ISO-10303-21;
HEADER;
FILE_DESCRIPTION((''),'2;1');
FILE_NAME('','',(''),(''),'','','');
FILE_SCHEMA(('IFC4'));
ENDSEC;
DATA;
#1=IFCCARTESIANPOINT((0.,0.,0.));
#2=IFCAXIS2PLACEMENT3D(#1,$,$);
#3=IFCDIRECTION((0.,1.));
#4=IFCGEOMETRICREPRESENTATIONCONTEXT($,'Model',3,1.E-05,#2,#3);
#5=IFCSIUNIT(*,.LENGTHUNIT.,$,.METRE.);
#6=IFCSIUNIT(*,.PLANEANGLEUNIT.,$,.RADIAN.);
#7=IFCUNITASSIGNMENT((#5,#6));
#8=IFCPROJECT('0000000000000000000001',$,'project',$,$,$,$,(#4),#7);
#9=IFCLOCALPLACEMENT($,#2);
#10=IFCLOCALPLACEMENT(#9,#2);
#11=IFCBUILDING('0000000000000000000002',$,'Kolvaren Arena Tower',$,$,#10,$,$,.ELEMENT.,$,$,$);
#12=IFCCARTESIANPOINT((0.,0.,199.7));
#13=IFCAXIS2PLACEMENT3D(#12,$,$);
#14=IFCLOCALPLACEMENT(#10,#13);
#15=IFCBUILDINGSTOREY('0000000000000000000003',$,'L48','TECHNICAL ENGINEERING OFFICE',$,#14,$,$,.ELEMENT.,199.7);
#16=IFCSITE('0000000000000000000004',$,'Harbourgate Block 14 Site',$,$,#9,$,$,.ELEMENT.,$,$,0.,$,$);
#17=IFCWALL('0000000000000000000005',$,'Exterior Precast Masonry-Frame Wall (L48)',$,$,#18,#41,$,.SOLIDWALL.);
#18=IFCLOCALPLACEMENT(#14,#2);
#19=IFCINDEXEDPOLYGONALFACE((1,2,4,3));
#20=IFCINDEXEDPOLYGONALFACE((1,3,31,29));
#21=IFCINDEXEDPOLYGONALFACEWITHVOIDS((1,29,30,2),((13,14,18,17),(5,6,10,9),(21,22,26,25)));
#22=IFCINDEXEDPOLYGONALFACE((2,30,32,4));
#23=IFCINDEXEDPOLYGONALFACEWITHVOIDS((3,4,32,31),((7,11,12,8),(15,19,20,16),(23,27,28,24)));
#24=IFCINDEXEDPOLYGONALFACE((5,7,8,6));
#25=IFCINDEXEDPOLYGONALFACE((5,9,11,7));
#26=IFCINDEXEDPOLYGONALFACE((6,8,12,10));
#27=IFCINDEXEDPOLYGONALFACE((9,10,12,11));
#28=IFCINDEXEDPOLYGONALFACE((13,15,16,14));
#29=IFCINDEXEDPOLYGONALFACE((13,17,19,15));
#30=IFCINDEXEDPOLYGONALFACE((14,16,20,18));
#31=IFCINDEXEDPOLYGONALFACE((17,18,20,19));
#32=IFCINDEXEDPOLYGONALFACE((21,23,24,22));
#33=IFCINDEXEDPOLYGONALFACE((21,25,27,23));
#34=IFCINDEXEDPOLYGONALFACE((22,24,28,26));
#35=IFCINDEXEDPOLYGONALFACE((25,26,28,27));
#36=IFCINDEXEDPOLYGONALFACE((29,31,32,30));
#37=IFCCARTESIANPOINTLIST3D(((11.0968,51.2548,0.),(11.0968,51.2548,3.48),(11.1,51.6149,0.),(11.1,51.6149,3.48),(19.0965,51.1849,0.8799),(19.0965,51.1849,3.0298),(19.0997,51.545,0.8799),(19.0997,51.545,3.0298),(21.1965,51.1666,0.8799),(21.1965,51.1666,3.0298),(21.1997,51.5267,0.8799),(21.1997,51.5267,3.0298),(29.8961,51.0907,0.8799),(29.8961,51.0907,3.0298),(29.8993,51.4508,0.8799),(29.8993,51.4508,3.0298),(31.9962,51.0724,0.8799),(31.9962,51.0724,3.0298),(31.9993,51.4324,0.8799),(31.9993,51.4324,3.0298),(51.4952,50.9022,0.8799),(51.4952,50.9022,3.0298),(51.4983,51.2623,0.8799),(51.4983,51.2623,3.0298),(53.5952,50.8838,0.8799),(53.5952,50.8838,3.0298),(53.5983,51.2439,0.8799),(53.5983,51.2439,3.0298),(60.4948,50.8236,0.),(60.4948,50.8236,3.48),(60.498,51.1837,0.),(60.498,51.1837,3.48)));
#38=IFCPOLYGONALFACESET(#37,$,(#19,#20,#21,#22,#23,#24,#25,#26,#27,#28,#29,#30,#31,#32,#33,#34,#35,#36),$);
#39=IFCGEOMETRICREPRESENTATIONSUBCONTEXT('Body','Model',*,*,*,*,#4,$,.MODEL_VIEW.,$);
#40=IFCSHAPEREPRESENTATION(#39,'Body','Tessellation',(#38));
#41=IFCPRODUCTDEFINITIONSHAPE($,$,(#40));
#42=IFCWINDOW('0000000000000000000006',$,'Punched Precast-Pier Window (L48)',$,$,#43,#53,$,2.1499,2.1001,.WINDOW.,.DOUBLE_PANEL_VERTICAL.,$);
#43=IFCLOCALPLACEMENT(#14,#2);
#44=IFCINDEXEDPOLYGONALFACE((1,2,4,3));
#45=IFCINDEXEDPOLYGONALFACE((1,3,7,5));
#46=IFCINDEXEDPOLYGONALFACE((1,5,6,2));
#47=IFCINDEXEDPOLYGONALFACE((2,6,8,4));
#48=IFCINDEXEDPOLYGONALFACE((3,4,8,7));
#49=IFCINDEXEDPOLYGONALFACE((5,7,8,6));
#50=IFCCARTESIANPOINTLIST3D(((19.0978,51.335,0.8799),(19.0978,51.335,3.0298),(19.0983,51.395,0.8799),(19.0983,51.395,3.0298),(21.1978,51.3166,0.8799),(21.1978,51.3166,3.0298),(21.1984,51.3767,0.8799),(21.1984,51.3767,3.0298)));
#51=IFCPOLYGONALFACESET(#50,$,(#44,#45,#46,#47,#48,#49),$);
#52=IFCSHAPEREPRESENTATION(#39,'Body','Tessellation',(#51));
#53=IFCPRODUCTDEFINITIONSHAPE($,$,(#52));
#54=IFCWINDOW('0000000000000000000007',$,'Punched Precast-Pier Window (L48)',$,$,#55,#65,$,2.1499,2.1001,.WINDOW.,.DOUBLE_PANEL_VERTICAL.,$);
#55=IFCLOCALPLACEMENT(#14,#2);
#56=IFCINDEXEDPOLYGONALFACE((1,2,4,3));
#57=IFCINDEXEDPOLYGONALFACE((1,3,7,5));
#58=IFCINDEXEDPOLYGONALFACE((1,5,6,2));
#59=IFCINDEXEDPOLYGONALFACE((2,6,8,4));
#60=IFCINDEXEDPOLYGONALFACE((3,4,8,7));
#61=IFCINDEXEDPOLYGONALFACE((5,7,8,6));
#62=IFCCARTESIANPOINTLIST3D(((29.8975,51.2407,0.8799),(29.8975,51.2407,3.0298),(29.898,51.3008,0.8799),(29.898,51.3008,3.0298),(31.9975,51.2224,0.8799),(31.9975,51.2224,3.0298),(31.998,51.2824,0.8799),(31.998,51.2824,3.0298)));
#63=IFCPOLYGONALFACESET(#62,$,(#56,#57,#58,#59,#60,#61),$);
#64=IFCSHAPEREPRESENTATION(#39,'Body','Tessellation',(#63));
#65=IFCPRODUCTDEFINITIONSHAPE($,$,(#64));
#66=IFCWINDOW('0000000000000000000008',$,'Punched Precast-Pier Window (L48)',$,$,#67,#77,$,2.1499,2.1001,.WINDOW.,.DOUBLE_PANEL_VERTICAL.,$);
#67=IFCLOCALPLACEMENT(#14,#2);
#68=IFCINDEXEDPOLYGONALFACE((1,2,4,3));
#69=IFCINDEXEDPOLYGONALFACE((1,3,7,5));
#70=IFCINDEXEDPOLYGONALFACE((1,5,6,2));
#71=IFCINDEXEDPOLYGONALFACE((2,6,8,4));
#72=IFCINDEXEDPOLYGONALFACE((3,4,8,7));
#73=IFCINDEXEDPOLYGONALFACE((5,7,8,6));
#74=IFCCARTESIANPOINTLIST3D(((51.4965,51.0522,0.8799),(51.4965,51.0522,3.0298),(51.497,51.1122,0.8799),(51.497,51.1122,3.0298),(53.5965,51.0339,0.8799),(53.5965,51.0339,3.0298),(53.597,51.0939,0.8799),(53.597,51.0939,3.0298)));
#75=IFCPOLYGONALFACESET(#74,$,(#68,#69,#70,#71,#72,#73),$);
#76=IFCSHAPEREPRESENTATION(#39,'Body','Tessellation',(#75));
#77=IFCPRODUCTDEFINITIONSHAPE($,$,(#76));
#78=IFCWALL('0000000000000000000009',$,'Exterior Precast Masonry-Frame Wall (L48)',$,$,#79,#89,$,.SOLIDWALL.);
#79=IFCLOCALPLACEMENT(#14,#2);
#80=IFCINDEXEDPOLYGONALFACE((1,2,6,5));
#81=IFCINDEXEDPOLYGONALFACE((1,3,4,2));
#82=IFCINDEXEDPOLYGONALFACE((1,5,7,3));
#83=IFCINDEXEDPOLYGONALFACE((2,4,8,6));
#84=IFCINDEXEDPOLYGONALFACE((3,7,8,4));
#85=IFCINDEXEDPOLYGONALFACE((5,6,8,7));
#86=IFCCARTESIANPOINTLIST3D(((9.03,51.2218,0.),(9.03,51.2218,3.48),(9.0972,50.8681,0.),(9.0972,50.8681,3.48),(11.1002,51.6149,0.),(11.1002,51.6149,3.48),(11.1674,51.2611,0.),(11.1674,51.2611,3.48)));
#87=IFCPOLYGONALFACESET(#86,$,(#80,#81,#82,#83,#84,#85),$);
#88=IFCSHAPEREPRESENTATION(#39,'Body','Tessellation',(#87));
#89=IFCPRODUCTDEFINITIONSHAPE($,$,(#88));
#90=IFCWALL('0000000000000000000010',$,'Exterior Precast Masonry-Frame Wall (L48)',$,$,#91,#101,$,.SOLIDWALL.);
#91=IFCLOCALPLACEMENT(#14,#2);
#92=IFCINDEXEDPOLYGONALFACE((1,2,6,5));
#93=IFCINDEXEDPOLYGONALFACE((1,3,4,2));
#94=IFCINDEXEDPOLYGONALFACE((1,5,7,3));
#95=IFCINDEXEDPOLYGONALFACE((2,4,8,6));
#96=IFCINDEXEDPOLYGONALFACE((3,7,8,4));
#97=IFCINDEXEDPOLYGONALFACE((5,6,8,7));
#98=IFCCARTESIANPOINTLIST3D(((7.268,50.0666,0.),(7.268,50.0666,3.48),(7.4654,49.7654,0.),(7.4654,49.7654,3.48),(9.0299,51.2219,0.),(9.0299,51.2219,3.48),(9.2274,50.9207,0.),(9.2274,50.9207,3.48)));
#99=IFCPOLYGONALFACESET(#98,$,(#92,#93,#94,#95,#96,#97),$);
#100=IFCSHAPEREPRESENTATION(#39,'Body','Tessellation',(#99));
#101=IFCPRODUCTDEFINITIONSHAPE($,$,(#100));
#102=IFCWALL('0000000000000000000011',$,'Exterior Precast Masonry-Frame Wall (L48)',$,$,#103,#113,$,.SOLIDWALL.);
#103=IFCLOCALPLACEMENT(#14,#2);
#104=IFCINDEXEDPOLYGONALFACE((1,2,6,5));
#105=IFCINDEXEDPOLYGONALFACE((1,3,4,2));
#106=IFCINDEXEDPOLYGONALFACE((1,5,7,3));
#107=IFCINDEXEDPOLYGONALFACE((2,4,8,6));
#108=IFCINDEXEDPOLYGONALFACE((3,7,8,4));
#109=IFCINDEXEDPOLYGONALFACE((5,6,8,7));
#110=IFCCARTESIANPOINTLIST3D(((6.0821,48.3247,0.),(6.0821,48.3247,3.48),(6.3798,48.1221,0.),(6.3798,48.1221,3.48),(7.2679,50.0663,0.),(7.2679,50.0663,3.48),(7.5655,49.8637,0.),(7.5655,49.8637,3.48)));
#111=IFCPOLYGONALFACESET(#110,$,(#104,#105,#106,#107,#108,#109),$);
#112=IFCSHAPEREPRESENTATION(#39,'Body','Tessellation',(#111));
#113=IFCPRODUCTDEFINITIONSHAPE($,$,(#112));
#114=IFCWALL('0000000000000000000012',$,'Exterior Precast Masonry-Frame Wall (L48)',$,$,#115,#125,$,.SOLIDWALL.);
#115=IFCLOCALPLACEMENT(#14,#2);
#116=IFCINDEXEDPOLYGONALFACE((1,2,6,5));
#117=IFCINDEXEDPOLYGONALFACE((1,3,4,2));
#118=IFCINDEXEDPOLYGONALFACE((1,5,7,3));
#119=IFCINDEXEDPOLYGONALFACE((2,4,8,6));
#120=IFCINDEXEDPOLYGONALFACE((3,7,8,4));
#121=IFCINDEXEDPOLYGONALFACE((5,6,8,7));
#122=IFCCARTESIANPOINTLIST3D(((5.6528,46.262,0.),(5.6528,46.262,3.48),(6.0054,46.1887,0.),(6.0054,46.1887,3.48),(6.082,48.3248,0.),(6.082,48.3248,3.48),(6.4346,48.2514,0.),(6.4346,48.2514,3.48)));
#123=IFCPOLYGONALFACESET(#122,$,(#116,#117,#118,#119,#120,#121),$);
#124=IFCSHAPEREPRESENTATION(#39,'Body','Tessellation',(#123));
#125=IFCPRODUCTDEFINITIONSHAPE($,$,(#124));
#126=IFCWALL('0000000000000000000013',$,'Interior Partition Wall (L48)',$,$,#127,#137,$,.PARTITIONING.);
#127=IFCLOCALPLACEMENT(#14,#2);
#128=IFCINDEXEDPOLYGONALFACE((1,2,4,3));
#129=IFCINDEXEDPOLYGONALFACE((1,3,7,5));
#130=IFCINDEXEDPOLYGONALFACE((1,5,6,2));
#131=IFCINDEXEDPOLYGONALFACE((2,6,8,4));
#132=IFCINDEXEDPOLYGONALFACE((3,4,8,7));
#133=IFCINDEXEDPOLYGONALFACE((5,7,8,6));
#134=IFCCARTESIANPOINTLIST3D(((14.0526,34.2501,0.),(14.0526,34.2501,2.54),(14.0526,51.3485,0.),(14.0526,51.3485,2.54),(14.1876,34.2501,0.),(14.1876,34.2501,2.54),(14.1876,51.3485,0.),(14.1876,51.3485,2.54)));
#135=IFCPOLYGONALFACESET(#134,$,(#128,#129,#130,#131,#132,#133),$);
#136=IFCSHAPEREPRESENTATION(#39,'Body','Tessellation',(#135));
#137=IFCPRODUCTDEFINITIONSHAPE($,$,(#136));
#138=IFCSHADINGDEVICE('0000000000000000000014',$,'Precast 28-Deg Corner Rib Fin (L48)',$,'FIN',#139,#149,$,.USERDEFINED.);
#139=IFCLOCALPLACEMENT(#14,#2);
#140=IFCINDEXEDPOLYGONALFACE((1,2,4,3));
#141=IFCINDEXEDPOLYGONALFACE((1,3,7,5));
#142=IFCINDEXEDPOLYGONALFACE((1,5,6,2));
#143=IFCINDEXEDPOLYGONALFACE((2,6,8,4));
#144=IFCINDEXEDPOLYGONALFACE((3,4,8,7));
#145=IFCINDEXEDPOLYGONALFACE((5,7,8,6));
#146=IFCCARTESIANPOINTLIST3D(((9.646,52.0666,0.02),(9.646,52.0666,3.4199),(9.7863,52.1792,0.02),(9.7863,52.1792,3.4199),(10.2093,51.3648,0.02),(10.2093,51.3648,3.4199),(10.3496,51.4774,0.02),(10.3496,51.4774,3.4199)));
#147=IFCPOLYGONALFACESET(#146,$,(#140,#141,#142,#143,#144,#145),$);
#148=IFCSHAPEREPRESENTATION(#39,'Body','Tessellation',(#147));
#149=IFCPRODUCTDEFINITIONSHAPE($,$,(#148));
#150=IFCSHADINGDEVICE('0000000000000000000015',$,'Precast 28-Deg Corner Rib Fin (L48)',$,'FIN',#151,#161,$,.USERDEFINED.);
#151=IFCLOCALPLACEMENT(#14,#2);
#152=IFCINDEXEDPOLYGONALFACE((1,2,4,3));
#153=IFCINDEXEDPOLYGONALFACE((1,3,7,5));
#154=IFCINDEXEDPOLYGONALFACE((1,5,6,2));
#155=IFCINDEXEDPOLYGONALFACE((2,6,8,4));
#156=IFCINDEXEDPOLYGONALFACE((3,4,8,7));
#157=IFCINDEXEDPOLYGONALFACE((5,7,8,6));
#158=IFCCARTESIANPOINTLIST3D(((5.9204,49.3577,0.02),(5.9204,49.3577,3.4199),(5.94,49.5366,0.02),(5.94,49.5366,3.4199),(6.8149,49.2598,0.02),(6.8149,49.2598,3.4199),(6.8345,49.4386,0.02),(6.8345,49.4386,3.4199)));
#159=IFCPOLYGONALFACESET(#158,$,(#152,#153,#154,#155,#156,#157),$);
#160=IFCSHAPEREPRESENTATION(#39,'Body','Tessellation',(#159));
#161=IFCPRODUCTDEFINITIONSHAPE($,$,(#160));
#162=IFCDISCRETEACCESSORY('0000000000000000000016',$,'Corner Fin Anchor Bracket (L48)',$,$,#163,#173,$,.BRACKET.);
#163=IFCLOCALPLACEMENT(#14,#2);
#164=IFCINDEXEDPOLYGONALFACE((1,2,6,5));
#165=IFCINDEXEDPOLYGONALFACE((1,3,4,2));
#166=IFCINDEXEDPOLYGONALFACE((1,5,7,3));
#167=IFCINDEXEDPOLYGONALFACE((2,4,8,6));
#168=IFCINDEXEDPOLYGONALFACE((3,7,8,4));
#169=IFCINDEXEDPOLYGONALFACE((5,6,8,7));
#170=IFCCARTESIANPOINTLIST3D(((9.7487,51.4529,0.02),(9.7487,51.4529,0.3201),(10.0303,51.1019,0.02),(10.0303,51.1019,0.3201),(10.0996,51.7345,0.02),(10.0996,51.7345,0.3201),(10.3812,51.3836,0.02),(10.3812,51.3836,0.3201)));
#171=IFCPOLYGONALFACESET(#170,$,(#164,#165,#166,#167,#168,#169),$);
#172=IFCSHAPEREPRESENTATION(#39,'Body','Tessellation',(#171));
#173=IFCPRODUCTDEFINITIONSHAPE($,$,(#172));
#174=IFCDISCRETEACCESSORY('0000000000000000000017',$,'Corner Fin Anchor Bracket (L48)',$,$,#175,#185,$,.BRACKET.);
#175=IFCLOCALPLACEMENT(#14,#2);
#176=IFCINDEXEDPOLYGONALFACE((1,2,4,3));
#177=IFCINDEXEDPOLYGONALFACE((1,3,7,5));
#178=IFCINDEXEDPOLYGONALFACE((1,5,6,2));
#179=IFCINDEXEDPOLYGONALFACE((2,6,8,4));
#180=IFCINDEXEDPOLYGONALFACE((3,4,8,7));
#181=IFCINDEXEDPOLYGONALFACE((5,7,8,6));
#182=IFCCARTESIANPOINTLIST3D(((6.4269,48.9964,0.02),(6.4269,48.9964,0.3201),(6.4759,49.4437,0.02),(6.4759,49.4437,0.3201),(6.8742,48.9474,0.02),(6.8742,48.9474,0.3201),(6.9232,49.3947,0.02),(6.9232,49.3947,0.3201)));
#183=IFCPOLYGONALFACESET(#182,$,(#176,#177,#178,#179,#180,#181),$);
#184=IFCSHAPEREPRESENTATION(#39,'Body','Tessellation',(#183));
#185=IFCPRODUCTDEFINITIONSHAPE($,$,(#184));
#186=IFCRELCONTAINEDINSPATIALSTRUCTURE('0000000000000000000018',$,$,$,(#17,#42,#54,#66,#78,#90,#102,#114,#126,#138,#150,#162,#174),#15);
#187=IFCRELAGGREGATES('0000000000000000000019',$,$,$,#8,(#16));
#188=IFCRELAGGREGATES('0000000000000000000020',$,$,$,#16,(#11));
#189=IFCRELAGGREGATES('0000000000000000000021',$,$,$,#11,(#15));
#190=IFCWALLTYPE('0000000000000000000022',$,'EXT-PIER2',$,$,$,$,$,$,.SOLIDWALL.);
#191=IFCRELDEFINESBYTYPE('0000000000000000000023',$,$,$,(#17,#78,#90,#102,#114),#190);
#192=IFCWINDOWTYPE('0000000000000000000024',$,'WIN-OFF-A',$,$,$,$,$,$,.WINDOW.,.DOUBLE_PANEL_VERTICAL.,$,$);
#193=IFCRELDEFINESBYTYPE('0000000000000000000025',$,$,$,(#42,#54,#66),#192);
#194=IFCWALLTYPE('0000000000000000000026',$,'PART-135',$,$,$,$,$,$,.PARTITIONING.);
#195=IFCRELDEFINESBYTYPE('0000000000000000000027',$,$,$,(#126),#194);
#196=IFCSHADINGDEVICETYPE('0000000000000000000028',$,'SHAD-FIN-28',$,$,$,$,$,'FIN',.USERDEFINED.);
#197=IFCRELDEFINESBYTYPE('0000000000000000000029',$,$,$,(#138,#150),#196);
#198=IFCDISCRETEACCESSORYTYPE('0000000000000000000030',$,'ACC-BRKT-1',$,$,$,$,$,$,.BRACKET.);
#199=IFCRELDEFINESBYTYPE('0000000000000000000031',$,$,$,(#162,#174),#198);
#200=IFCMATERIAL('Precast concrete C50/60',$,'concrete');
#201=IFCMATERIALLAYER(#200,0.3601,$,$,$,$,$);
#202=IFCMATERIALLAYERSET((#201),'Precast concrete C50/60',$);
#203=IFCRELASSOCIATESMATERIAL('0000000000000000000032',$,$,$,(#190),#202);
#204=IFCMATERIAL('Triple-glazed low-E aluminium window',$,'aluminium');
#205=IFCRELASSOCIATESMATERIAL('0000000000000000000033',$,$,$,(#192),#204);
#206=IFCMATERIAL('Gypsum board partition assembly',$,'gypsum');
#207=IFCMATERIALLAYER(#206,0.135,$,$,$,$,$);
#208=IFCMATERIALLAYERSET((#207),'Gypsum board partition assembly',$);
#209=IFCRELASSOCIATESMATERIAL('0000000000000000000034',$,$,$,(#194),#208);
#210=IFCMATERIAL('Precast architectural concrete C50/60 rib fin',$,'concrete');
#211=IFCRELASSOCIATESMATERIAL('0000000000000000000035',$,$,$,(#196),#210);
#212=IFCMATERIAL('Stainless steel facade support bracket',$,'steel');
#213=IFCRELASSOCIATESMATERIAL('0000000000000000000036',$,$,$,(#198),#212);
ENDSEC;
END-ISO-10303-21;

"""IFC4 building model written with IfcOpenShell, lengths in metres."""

from ifc_helpers import new_model, si_unit, direction, frame, frame_2d, origin, origin_2d, place, context, subcontext, project, spatial, rectangle, extrude, material, layer, layer_set, type_object, element, fill, save


model = new_model("IFC4")

# Units and contexts
model_context = context("Model", 3, precision=1e-05, world=origin(), true_north=direction((0.0, 1.0)))
body_context = subcontext(model_context, "Body", "Model", "MODEL_VIEW")
ifc_project = project(units=[si_unit("LENGTHUNIT", "METRE"), si_unit("PLANEANGLEUNIT", "RADIAN")], contexts=[model_context])

# Site, building, storey
site_placement = place(None, origin())
site = spatial("IfcSite", under=ifc_project, at=site_placement, Name="Harbourgate Block 14 Site", CompositionType="ELEMENT", RefElevation=0.0)
building_placement = place(site_placement, origin())
building = spatial("IfcBuilding", under=site, at=building_placement, Name="Kolvaren Arena Tower", CompositionType="ELEMENT")
storey_placement = place(building_placement, frame((0.0, 0.0, 199.7)))
storey = spatial("IfcBuildingStorey", under=building, at=storey_placement, Name="L48", Description="TECHNICAL ENGINEERING OFFICE", CompositionType="ELEMENT", Elevation=199.7)

# Wall, openings, windows
ifc_material_1 = material(Name="Precast concrete C50/60", Category="concrete")
ifc_layer_1 = layer(ifc_material_1, 0.3601)
ifc_layer_set_1 = layer_set([ifc_layer_1], Name="Precast concrete C50/60")
wall_type_1 = type_object("IfcWallType", Name="EXT-PIER2", PredefinedType="SOLIDWALL", material=ifc_layer_set_1)
wall_1_placement = place(storey_placement, frame((11.0984, 51.4348, 0.0), z_axis=(0.0, 0.0, 1.0), x_axis=(0.999962, -0.008728, 0.0)))
wall_1 = element("IfcWall", 1, at=wall_1_placement, inside=storey, type_object=wall_type_1, Name="Exterior Precast Masonry-Frame Wall (L48)", PredefinedType="SOLIDWALL", context=body_context, shape_type="SweptSolid", body=[
    extrude(rectangle(XDim=49.3999, YDim=0.3601, at=frame_2d((24.7, 0.0))), origin(), (0.0, 0.0, 1.0), 3.48),
])
opening_1_placement = place(wall_1_placement, frame((8.0, 0.0, 0.8799)))
opening_1 = element("IfcOpeningElement", 2, at=opening_1_placement, cuts=wall_1, PredefinedType="OPENING", context=body_context, shape_type="SweptSolid", body=[
    extrude(rectangle(XDim=2.1001, YDim=2.1499, at=frame_2d((1.05, 1.075))), frame((0.0, 0.1899, 0.0), z_axis=(0.0, -1.0, 0.0), x_axis=(1.0, 0.0, 0.0)), (0.0, 0.0, 1.0), 0.3801),
])
opening_2_placement = place(wall_1_placement, frame((18.8, 0.0, 0.8799)))
opening_2 = element("IfcOpeningElement", 3, at=opening_2_placement, cuts=wall_1, PredefinedType="OPENING", context=body_context, shape_type="SweptSolid", body=[
    extrude(rectangle(XDim=2.1001, YDim=2.1499, at=frame_2d((1.05, 1.075))), frame((0.0, 0.1899, 0.0), z_axis=(0.0, -1.0, 0.0), x_axis=(1.0, 0.0, 0.0)), (0.0, 0.0, 1.0), 0.3801),
])
opening_3_placement = place(wall_1_placement, frame((40.3999, 0.0, 0.8799)))
opening_3 = element("IfcOpeningElement", 4, at=opening_3_placement, cuts=wall_1, PredefinedType="OPENING", context=body_context, shape_type="SweptSolid", body=[
    extrude(rectangle(XDim=2.1001, YDim=2.1499, at=frame_2d((1.05, 1.075))), frame((0.0, 0.1899, 0.0), z_axis=(0.0, -1.0, 0.0), x_axis=(1.0, 0.0, 0.0)), (0.0, 0.0, 1.0), 0.3801),
])
ifc_material_2 = material(Name="Triple-glazed low-E aluminium window", Category="aluminium")
window_type = type_object("IfcWindowType", Name="WIN-OFF-A", PartitioningType="DOUBLE_PANEL_VERTICAL", PredefinedType="WINDOW", material=ifc_material_2)
window_1_placement = place(opening_1_placement, origin())
window_1 = element("IfcWindow", 5, at=window_1_placement, inside=storey, type_object=window_type, Name="Punched Precast-Pier Window (L48)", OverallHeight=2.1499, OverallWidth=2.1001, PartitioningType="DOUBLE_PANEL_VERTICAL", PredefinedType="WINDOW", context=body_context, shape_type="SweptSolid", body=[
    extrude(rectangle(XDim=2.1001, YDim=2.1499, at=frame_2d((1.05, 1.075))), frame((0.0, 0.03, 0.0), z_axis=(0.0, -1.0, 0.0), x_axis=(1.0, 0.0, 0.0)), (0.0, 0.0, 1.0), 0.0601),
])
fill(opening_1, window_1)
window_2_placement = place(opening_2_placement, origin())
window_2 = element("IfcWindow", 6, at=window_2_placement, inside=storey, type_object=window_type, Name="Punched Precast-Pier Window (L48)", OverallHeight=2.1499, OverallWidth=2.1001, PartitioningType="DOUBLE_PANEL_VERTICAL", PredefinedType="WINDOW", context=body_context, shape_type="SweptSolid", body=[
    extrude(rectangle(XDim=2.1001, YDim=2.1499, at=frame_2d((1.05, 1.075))), frame((0.0, 0.03, 0.0), z_axis=(0.0, -1.0, 0.0), x_axis=(1.0, 0.0, 0.0)), (0.0, 0.0, 1.0), 0.0601),
])
fill(opening_2, window_2)
window_3_placement = place(opening_3_placement, origin())
window_3 = element("IfcWindow", 7, at=window_3_placement, inside=storey, type_object=window_type, Name="Punched Precast-Pier Window (L48)", OverallHeight=2.1499, OverallWidth=2.1001, PartitioningType="DOUBLE_PANEL_VERTICAL", PredefinedType="WINDOW", context=body_context, shape_type="SweptSolid", body=[
    extrude(rectangle(XDim=2.1001, YDim=2.1499, at=frame_2d((1.05, 1.075))), frame((0.0, 0.03, 0.0), z_axis=(0.0, -1.0, 0.0), x_axis=(1.0, 0.0, 0.0)), (0.0, 0.0, 1.0), 0.0601),
])
fill(opening_3, window_3)

# Walls
wall_2_placement = place(storey_placement, frame((9.0635, 51.0449, 0.0), z_axis=(0.0, 0.0, 1.0), x_axis=(0.982446, 0.186548, 0.0)))
element("IfcWall", 8, at=wall_2_placement, inside=storey, type_object=wall_type_1, Name="Exterior Precast Masonry-Frame Wall (L48)", PredefinedType="SOLIDWALL", context=body_context, shape_type="SweptSolid", body=[
    extrude(rectangle(XDim=2.1072, YDim=0.3601, at=frame_2d((1.0537, 0.0))), origin(), (0.0, 0.0, 1.0), 3.48),
])
for number, where, z_axis, x_axis, name in (
    (9, (7.3667, 49.916, 0.0), (0.0, 0.0, 1.0), (0.836269, 0.54832, 0.0), "Exterior Precast Masonry-Frame Wall (L48)"),
    (10, (6.231, 48.2234, 0.0), (0.0, 0.0, 1.0), (0.562776, 0.82661, 0.0), "Exterior Precast Masonry-Frame Wall (L48)"),
    (11, (5.8291, 46.2253, 0.0), (0.0, 0.0, 1.0), (0.203709, 0.979031, 0.0), "Exterior Precast Masonry-Frame Wall (L48)"),
):
    element("IfcWall", number, at=place(storey_placement, frame(where, z_axis=z_axis, x_axis=x_axis)), inside=storey, type_object=wall_type_1, Name=name, PredefinedType="SOLIDWALL", context=body_context, shape_type="SweptSolid", body=[
        extrude(rectangle(XDim=2.1069, YDim=0.3601, at=frame_2d((1.0535, 0.0))), origin(), (0.0, 0.0, 1.0), 3.48),
    ])
ifc_material_3 = material(Name="Gypsum board partition assembly", Category="gypsum")
ifc_layer_2 = layer(ifc_material_3, 0.135)
ifc_layer_set_2 = layer_set([ifc_layer_2], Name="Gypsum board partition assembly")
wall_type_2 = type_object("IfcWallType", Name="PART-135", PredefinedType="PARTITIONING", material=ifc_layer_set_2)
wall_3_placement = place(storey_placement, frame((14.1201, 34.25, 0.0), z_axis=(0.0, 0.0, 1.0), x_axis=(0.0, 1.0, 0.0)))
element("IfcWall", 12, at=wall_3_placement, inside=storey, type_object=wall_type_2, Name="Interior Partition Wall (L48)", PredefinedType="PARTITIONING", context=body_context, shape_type="SweptSolid", body=[
    extrude(rectangle(XDim=17.0984, YDim=0.135, at=frame_2d((8.5493, 0.0))), origin(), (0.0, 0.0, 1.0), 2.54),
])

# Shading devices
ifc_material_4 = material(Name="Precast architectural concrete C50/60 rib fin", Category="concrete")
shading_device_type = type_object("IfcShadingDeviceType", Name="SHAD-FIN-28", ElementType="FIN", PredefinedType="USERDEFINED", material=ifc_material_4)
for number, where, z_axis, x_axis, name in (
    (13, (9.9978, 51.772, 0.02), (0.0, 0.0, 1.0), (-0.625923, 0.779884, 0.0), "Precast 28-Deg Corner Rib Fin (L48)"),
    (14, (6.3774, 49.3982, 0.02), (0.0, 0.0, 1.0), (-0.994057, 0.108862, 0.0), "Precast 28-Deg Corner Rib Fin (L48)"),
):
    element("IfcShadingDevice", number, at=place(storey_placement, frame(where, z_axis=z_axis, x_axis=x_axis)), inside=storey, type_object=shading_device_type, Name=name, ObjectType="FIN", PredefinedType="USERDEFINED", context=body_context, shape_type="SweptSolid", body=[
        extrude(rectangle(XDim=0.8999, YDim=0.1799, at=origin_2d()), origin(), (0.0, 0.0, 1.0), 3.3999),
    ])

# Discrete accessories
ifc_material_5 = material(Name="Stainless steel facade support bracket", Category="steel")
discrete_accessory_type = type_object("IfcDiscreteAccessoryType", Name="ACC-BRKT-1", PredefinedType="BRACKET", material=ifc_material_5)
for number, where, z_axis, x_axis, name in (
    (15, (10.0649, 51.4182, 0.02), (0.0, 0.0, 1.0), (-0.625923, 0.779884, 0.0), "Corner Fin Anchor Bracket (L48)"),
    (16, (6.675, 49.1956, 0.02), (0.0, 0.0, 1.0), (-0.994057, 0.108862, 0.0), "Corner Fin Anchor Bracket (L48)"),
):
    element("IfcDiscreteAccessory", number, at=place(storey_placement, frame(where, z_axis=z_axis, x_axis=x_axis)), inside=storey, type_object=discrete_accessory_type, Name=name, PredefinedType="BRACKET", context=body_context, shape_type="SweptSolid", body=[
        extrude(rectangle(XDim=0.45, YDim=0.45, at=origin_2d()), origin(), (0.0, 0.0, 1.0), 0.3),
    ])

save(model, "model.ifc")
